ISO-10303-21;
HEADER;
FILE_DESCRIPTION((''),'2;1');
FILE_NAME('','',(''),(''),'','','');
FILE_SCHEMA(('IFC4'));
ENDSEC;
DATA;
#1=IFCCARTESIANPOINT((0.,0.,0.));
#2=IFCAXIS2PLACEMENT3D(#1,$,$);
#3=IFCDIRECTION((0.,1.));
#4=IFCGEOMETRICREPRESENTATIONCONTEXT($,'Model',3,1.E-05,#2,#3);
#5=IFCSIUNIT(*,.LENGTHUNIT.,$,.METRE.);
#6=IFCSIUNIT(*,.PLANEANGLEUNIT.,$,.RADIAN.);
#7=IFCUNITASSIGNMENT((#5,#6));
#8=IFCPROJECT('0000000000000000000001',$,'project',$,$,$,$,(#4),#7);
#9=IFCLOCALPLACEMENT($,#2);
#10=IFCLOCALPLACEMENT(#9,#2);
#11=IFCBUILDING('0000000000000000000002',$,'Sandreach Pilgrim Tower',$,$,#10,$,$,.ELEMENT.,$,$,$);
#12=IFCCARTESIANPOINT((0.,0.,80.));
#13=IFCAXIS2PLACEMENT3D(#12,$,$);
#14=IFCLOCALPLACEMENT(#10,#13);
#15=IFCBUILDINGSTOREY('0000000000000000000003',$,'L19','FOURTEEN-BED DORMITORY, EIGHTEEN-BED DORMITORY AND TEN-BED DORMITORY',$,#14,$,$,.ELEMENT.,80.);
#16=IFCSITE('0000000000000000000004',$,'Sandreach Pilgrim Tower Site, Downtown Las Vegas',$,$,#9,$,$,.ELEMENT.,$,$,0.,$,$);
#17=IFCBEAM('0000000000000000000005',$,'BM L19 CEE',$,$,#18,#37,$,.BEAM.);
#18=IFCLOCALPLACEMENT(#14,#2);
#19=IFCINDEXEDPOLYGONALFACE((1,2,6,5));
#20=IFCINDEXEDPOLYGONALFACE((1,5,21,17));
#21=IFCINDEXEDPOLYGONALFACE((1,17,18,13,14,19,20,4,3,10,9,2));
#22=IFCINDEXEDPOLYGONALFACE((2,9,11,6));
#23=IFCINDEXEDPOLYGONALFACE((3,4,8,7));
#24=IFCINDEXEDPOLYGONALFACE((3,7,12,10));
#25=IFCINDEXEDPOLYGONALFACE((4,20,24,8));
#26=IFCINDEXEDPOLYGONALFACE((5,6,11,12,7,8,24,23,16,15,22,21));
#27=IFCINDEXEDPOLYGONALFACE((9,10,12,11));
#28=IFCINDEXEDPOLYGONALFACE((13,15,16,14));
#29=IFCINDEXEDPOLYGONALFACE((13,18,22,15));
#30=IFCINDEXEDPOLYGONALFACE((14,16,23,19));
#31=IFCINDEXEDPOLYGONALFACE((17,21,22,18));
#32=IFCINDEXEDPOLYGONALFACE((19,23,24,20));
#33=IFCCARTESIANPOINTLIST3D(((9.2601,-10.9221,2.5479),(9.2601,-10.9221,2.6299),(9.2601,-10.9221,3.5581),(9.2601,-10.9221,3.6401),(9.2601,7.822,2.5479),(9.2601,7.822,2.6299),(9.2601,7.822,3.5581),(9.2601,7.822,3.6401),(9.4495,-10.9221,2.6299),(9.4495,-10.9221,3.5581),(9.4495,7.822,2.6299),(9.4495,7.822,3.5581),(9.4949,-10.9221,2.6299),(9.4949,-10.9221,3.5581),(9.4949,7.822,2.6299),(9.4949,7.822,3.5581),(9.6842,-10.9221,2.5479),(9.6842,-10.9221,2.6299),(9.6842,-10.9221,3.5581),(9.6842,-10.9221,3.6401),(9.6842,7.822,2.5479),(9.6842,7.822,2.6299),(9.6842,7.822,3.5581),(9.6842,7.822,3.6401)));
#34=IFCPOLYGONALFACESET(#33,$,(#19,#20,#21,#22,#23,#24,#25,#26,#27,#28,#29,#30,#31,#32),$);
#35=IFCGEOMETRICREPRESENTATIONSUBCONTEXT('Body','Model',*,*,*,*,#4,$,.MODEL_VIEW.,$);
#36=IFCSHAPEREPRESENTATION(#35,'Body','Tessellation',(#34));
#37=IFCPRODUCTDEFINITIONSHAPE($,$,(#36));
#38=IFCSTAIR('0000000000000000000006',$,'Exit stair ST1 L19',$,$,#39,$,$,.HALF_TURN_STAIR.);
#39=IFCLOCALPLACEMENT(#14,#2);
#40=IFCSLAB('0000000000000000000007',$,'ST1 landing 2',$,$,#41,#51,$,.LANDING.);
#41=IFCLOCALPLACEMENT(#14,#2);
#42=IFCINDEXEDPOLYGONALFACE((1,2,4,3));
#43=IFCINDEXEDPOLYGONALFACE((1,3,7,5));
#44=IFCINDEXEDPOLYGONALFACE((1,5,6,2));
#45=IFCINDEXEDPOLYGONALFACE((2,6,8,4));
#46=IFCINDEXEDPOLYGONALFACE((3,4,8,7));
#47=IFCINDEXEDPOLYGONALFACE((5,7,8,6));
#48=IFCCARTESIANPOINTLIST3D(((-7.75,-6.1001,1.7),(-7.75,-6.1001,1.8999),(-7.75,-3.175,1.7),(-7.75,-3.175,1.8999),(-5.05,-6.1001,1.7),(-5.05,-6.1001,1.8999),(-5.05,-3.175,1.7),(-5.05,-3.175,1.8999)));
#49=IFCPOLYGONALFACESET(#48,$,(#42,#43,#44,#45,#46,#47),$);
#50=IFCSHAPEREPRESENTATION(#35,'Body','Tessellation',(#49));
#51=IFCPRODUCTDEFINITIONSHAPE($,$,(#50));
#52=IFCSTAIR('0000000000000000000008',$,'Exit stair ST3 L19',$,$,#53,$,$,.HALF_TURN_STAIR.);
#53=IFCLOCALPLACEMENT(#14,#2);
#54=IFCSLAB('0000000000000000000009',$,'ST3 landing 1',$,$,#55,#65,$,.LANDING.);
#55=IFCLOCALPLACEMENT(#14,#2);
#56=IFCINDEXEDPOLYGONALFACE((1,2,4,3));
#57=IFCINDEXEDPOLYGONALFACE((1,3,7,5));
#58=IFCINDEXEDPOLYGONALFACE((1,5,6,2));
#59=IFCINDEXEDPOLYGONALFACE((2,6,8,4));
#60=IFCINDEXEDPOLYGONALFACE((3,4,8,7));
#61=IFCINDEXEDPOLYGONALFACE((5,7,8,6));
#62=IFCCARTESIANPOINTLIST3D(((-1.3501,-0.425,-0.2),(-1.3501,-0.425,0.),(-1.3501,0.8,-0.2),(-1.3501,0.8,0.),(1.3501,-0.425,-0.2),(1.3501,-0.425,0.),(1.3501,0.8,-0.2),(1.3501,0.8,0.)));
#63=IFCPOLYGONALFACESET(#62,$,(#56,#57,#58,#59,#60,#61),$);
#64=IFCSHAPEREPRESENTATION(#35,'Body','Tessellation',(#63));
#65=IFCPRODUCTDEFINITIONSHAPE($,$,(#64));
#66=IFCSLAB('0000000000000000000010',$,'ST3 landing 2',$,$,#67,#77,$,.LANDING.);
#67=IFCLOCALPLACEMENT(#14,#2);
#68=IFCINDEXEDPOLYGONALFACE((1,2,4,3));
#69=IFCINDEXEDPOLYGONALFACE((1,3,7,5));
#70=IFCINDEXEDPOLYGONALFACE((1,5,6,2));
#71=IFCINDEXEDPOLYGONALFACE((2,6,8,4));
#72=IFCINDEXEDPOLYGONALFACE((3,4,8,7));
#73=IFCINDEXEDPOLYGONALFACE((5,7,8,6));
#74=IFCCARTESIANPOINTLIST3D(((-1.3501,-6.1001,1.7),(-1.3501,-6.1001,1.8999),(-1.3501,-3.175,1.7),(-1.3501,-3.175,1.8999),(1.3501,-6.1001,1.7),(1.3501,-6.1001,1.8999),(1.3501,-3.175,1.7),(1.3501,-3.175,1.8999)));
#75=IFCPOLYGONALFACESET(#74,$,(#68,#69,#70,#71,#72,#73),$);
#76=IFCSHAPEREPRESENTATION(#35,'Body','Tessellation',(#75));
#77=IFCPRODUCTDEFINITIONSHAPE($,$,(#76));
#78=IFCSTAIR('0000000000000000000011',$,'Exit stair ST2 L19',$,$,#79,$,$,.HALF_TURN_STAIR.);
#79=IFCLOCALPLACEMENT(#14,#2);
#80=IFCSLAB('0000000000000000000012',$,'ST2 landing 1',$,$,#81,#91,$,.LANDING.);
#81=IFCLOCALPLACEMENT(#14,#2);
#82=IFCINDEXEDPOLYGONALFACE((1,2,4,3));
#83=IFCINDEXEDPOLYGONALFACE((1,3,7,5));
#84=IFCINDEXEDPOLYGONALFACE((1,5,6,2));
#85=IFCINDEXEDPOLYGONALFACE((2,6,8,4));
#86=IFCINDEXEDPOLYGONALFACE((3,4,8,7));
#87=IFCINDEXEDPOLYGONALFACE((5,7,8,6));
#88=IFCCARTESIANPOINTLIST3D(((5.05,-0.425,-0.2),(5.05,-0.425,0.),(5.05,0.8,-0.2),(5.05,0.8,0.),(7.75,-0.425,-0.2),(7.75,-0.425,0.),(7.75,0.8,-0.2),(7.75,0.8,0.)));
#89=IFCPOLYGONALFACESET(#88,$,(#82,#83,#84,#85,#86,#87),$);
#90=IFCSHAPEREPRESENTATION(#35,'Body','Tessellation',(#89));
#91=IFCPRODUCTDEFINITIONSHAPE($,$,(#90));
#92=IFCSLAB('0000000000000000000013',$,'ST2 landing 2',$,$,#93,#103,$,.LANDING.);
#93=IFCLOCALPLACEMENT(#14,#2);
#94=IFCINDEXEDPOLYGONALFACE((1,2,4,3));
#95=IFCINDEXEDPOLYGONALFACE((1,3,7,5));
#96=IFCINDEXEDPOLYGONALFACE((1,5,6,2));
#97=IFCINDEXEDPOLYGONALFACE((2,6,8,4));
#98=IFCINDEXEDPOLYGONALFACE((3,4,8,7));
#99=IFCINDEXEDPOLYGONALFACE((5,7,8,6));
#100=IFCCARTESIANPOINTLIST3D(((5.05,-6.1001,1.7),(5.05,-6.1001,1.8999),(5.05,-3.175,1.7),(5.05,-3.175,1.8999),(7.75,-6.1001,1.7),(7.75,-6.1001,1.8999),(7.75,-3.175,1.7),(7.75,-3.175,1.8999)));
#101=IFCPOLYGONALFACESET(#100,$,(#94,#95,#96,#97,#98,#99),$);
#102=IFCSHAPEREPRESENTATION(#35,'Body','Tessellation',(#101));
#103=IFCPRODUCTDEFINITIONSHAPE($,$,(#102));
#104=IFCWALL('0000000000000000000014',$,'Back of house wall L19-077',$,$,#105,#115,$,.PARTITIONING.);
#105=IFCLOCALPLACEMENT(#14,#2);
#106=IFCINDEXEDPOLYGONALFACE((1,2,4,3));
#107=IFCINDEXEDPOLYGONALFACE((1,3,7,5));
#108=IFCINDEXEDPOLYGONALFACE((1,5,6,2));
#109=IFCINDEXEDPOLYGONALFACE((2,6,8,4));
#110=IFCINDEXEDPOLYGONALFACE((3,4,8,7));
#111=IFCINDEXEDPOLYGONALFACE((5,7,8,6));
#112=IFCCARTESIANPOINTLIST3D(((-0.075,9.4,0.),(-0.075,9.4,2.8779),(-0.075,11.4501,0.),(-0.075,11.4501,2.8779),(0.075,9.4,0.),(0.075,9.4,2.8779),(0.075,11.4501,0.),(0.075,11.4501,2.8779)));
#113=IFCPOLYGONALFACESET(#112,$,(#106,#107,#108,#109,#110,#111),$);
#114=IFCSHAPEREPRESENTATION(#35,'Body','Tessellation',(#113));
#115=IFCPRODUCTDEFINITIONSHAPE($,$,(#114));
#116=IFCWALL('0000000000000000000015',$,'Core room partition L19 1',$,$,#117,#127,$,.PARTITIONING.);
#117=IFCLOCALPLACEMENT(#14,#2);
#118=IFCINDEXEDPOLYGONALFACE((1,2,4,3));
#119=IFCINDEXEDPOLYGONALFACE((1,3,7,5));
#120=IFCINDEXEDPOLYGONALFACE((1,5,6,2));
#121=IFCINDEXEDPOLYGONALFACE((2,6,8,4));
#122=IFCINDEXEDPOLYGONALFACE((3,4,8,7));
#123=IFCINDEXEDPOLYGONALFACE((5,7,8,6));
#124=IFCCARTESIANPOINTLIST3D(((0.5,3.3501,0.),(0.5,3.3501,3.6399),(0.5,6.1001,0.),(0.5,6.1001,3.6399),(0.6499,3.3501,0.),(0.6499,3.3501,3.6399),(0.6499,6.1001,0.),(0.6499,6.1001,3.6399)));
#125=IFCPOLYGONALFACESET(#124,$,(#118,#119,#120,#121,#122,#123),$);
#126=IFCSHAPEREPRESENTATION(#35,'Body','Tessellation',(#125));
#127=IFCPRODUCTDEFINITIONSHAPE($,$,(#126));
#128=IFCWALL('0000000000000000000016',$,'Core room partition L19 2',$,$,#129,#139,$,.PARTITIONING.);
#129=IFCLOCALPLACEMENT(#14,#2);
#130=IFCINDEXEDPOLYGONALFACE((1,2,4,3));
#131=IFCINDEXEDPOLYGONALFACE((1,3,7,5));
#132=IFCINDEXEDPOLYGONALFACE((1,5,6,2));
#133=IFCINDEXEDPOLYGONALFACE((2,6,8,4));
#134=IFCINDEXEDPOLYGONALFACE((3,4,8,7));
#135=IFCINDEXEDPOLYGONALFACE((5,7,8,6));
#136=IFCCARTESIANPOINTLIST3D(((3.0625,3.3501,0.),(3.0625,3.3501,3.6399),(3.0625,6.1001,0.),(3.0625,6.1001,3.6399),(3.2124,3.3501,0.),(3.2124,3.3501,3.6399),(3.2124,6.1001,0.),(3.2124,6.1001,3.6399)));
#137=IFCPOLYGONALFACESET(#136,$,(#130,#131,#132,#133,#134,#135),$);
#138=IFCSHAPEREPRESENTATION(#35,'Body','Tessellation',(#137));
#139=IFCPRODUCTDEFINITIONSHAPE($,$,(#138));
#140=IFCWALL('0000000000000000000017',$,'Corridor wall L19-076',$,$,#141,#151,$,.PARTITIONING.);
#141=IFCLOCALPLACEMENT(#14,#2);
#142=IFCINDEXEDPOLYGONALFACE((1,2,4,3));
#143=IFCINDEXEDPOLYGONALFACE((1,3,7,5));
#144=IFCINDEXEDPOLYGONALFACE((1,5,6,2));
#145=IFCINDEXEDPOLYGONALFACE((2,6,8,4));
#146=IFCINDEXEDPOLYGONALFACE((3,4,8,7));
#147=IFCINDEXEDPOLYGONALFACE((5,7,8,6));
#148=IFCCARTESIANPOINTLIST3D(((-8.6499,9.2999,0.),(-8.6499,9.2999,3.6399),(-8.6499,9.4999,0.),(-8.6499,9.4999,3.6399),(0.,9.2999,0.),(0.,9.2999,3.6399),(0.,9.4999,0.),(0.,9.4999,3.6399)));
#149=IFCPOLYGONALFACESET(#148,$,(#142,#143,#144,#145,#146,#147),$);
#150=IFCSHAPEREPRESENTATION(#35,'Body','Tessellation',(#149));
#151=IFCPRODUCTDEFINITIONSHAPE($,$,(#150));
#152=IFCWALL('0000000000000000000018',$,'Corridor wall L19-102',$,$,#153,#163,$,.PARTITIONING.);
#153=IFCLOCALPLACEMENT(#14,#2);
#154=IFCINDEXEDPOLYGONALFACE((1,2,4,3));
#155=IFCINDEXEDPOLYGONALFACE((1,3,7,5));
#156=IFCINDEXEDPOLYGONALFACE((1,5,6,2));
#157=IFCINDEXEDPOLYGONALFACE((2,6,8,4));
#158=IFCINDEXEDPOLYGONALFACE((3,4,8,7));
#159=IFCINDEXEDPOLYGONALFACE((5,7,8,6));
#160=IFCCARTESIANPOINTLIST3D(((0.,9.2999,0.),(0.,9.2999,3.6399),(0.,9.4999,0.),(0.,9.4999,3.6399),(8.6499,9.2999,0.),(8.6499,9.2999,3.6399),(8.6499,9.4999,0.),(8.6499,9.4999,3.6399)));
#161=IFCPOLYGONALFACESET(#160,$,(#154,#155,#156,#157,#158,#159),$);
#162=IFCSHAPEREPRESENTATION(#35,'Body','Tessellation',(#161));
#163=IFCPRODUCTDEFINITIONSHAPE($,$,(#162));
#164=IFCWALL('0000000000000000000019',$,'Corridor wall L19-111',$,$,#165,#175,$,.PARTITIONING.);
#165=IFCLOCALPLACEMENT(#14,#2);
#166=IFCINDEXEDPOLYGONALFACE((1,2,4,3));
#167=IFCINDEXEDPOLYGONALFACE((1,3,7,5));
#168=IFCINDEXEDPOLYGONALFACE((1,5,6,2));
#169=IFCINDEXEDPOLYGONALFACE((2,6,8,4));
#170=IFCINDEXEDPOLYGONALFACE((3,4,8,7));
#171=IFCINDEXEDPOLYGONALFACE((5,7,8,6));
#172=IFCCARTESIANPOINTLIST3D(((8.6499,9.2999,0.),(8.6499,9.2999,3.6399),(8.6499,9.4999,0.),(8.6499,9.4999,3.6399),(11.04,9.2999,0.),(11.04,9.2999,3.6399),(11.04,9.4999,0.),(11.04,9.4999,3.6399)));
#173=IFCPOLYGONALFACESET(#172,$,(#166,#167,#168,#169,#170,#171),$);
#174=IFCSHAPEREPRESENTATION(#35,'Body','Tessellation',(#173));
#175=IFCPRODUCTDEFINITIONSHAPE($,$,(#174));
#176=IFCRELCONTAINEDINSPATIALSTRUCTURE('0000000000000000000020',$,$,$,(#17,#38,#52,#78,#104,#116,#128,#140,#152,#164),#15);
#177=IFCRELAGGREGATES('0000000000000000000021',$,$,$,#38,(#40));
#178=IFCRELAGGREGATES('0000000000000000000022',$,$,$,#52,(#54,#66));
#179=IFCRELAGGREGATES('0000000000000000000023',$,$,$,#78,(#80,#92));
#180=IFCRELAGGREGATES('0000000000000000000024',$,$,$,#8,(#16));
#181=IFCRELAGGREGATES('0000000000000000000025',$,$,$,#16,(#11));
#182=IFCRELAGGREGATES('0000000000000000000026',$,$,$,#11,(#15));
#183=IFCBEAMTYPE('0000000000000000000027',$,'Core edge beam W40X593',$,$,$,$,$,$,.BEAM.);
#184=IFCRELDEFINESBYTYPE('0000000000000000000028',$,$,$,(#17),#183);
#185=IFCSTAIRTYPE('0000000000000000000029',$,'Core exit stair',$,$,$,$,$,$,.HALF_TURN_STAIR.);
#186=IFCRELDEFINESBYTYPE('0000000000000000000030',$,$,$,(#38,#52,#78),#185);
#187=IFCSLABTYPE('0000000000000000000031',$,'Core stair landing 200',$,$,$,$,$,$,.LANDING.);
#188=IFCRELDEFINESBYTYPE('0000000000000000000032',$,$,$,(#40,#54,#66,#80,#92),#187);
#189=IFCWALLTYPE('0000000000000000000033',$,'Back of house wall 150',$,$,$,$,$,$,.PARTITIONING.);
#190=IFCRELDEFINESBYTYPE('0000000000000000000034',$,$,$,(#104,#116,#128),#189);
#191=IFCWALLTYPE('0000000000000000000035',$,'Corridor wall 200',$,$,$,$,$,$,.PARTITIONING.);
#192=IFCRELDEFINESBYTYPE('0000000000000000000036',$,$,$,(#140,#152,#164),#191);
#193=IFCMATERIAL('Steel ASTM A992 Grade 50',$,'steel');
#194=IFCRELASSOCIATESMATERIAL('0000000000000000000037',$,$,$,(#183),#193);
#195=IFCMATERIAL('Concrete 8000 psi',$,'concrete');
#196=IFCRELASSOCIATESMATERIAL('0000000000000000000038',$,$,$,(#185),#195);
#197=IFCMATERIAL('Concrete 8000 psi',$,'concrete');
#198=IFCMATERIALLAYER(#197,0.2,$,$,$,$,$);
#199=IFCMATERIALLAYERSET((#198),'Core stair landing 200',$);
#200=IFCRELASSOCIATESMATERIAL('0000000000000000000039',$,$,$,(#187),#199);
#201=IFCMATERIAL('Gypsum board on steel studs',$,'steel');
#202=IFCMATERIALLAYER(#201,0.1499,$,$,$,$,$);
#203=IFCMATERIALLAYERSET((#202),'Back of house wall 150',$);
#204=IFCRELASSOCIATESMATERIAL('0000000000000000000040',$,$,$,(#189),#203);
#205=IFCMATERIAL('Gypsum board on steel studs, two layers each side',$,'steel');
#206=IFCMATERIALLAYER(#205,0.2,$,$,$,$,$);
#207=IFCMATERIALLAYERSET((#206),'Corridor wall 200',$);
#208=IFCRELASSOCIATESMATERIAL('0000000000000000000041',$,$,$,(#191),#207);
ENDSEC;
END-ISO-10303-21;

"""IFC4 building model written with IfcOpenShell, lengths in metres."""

from ifc_helpers import new_model, si_unit, direction, frame, frame_2d, origin, origin_2d, place, context, subcontext, project, spatial, polyline, rectangle, i_section, outline, extrude, material, layer, layer_set, material_profile, profile_set, type_object, element, aggregate, save


model = new_model("IFC4")

# Units and contexts
model_context = context("Model", 3, precision=1e-05, world=origin(), true_north=direction((0.0, 1.0)))
body_context = subcontext(model_context, "Body", "Model", "MODEL_VIEW")
ifc_project = project(units=[si_unit("LENGTHUNIT", "METRE"), si_unit("PLANEANGLEUNIT", "RADIAN")], contexts=[model_context])

# Site, building, storey
site_placement = place(None, origin())
site = spatial("IfcSite", under=ifc_project, at=site_placement, Name="Sandreach Pilgrim Tower Site, Downtown Las Vegas", CompositionType="ELEMENT", RefElevation=0.0)
building_placement = place(site_placement, origin())
building = spatial("IfcBuilding", under=site, at=building_placement, Name="Sandreach Pilgrim Tower", CompositionType="ELEMENT")
storey_placement = place(building_placement, frame((0.0, 0.0, 80.0)))
storey = spatial("IfcBuildingStorey", under=building, at=storey_placement, Name="L19", Description="FOURTEEN-BED DORMITORY, EIGHTEEN-BED DORMITORY AND TEN-BED DORMITORY", CompositionType="ELEMENT", Elevation=80.0)

# Beam
ifc_material_1 = material(Name="Steel ASTM A992 Grade 50", Category="steel")
ifc_material_profile = material_profile(ifc_material_1, i_section(OverallWidth=0.4241, OverallDepth=1.0923, WebThickness=0.0454, FlangeThickness=0.082, at=origin_2d()), Name="W40X593")
ifc_profile_set = profile_set([ifc_material_profile], Name="Steel ASTM A992 Grade 50")
beam_type = type_object("IfcBeamType", Name="Core edge beam W40X593", PredefinedType="BEAM", material=ifc_profile_set)
beam_placement = place(storey_placement, frame((9.4722, 7.822, 3.094), z_axis=(0.0, -1.0, 0.0), x_axis=(1.0, 0.0, 0.0)))
element("IfcBeam", 1, at=beam_placement, inside=storey, type_object=beam_type, Name="BM L19 CEE", PredefinedType="BEAM", context=body_context, shape_type="SweptSolid", body=[
    extrude(i_section(OverallWidth=0.4241, OverallDepth=1.0923, WebThickness=0.0454, FlangeThickness=0.082, at=origin_2d()), origin(), (0.0, 0.0, 1.0), 18.7441),
])

# Stair, slab
ifc_material_2 = material(Name="Concrete 8000 psi", Category="concrete")
stair_type = type_object("IfcStairType", Name="Core exit stair", PredefinedType="HALF_TURN_STAIR", material=ifc_material_2)
stair_1_placement = place(storey_placement, origin())
stair_1 = element("IfcStair", 2, at=stair_1_placement, inside=storey, type_object=stair_type, Name="Exit stair ST1 L19", PredefinedType="HALF_TURN_STAIR")
ifc_material_3 = material(Name="Concrete 8000 psi", Category="concrete")
ifc_layer_1 = layer(ifc_material_3, 0.2)
ifc_layer_set_1 = layer_set([ifc_layer_1], Name="Core stair landing 200")
slab_type = type_object("IfcSlabType", Name="Core stair landing 200", PredefinedType="LANDING", material=ifc_layer_set_1)
slab_1_placement = place(storey_placement, frame((0.0, 0.0, 1.7)))
slab_1 = element("IfcSlab", 3, at=slab_1_placement, type_object=slab_type, Name="ST1 landing 2", PredefinedType="LANDING", context=body_context, shape_type="SweptSolid", body=[
    extrude(outline(polyline([(-7.75, -6.1001), (-5.05, -6.1001), (-5.05, -3.175), (-7.75, -3.175), (-7.75, -6.1001)])), origin(), (0.0, 0.0, 1.0), 0.2),
])
aggregate(stair_1, [slab_1])

# Stairs, slabs
stair_2_placement = place(storey_placement, origin())
stair_2 = element("IfcStair", 4, at=stair_2_placement, inside=storey, type_object=stair_type, Name="Exit stair ST3 L19", PredefinedType="HALF_TURN_STAIR")
slab_2_placement = place(storey_placement, frame((0.0, 0.0, -0.2)))
slab_2 = element("IfcSlab", 5, at=slab_2_placement, type_object=slab_type, Name="ST3 landing 1", PredefinedType="LANDING", context=body_context, shape_type="SweptSolid", body=[
    extrude(outline(polyline([(-1.3501, -0.425), (1.3501, -0.425), (1.3501, 0.8), (-1.3501, 0.8), (-1.3501, -0.425)])), origin(), (0.0, 0.0, 1.0), 0.2),
])
slab_3_placement = place(storey_placement, frame((0.0, 0.0, 1.7)))
slab_3 = element("IfcSlab", 6, at=slab_3_placement, type_object=slab_type, Name="ST3 landing 2", PredefinedType="LANDING", context=body_context, shape_type="SweptSolid", body=[
    extrude(outline(polyline([(-1.3501, -6.1001), (1.3501, -6.1001), (1.3501, -3.175), (-1.3501, -3.175), (-1.3501, -6.1001)])), origin(), (0.0, 0.0, 1.0), 0.2),
])
aggregate(stair_2, [slab_2, slab_3])
stair_3_placement = place(storey_placement, origin())
stair_3 = element("IfcStair", 7, at=stair_3_placement, inside=storey, type_object=stair_type, Name="Exit stair ST2 L19", PredefinedType="HALF_TURN_STAIR")
slab_4_placement = place(storey_placement, frame((0.0, 0.0, -0.2)))
slab_4 = element("IfcSlab", 8, at=slab_4_placement, type_object=slab_type, Name="ST2 landing 1", PredefinedType="LANDING", context=body_context, shape_type="SweptSolid", body=[
    extrude(outline(polyline([(5.05, -0.425), (7.75, -0.425), (7.75, 0.8), (5.05, 0.8), (5.05, -0.425)])), origin(), (0.0, 0.0, 1.0), 0.2),
])
slab_5_placement = place(storey_placement, frame((0.0, 0.0, 1.7)))
slab_5 = element("IfcSlab", 9, at=slab_5_placement, type_object=slab_type, Name="ST2 landing 2", PredefinedType="LANDING", context=body_context, shape_type="SweptSolid", body=[
    extrude(outline(polyline([(5.05, -6.1001), (7.75, -6.1001), (7.75, -3.175), (5.05, -3.175), (5.05, -6.1001)])), origin(), (0.0, 0.0, 1.0), 0.2),
])
aggregate(stair_3, [slab_4, slab_5])

# Walls
ifc_material_4 = material(Name="Gypsum board on steel studs", Category="steel")
ifc_layer_2 = layer(ifc_material_4, 0.1499)
ifc_layer_set_2 = layer_set([ifc_layer_2], Name="Back of house wall 150")
wall_type_1 = type_object("IfcWallType", Name="Back of house wall 150", PredefinedType="PARTITIONING", material=ifc_layer_set_2)
wall_1_placement = place(storey_placement, frame((0.0, 11.45, 0.0), z_axis=(0.0, 0.0, 1.0), x_axis=(0.0, -1.0, 0.0)))
element("IfcWall", 10, at=wall_1_placement, inside=storey, type_object=wall_type_1, Name="Back of house wall L19-077", PredefinedType="PARTITIONING", context=body_context, shape_type="SweptSolid", body=[
    extrude(rectangle(XDim=2.05, YDim=0.1499, at=frame_2d((1.0249, 0.0))), origin(), (0.0, 0.0, 1.0), 2.8779),
])
for number, where, z_axis, x_axis, name in (
    (11, (0.575, 3.3501, 0.0), (0.0, 0.0, 1.0), (0.0, 1.0, 0.0), "Core room partition L19 1"),
    (12, (3.1375, 3.3501, 0.0), (0.0, 0.0, 1.0), (0.0, 1.0, 0.0), "Core room partition L19 2"),
):
    element("IfcWall", number, at=place(storey_placement, frame(where, z_axis=z_axis, x_axis=x_axis)), inside=storey, type_object=wall_type_1, Name=name, PredefinedType="PARTITIONING", context=body_context, shape_type="SweptSolid", body=[
        extrude(rectangle(XDim=2.75, YDim=0.1499, at=frame_2d((1.375, 0.0))), origin(), (0.0, 0.0, 1.0), 3.6399),
    ])

# Walls
ifc_material_5 = material(Name="Gypsum board on steel studs, two layers each side", Category="steel")
ifc_layer_3 = layer(ifc_material_5, 0.2)
ifc_layer_set_3 = layer_set([ifc_layer_3], Name="Corridor wall 200")
wall_type_2 = type_object("IfcWallType", Name="Corridor wall 200", PredefinedType="PARTITIONING", material=ifc_layer_set_3)
for number, where, z_axis, x_axis, name in (
    (13, (0.0, 9.3999, 0.0), (0.0, 0.0, 1.0), (-1.0, 0.0, 0.0), "Corridor wall L19-076"),
    (14, (8.6499, 9.3999, 0.0), (0.0, 0.0, 1.0), (-1.0, 0.0, 0.0), "Corridor wall L19-102"),
):
    element("IfcWall", number, at=place(storey_placement, frame(where, z_axis=z_axis, x_axis=x_axis)), inside=storey, type_object=wall_type_2, Name=name, PredefinedType="PARTITIONING", context=body_context, shape_type="SweptSolid", body=[
        extrude(rectangle(XDim=8.6499, YDim=0.2, at=frame_2d((4.325, 0.0))), origin(), (0.0, 0.0, 1.0), 3.6399),
    ])
wall_2_placement = place(storey_placement, frame((11.04, 9.3999, 0.0), z_axis=(0.0, 0.0, 1.0), x_axis=(-1.0, 0.0, 0.0)))
element("IfcWall", 15, at=wall_2_placement, inside=storey, type_object=wall_type_2, Name="Corridor wall L19-111", PredefinedType="PARTITIONING", context=body_context, shape_type="SweptSolid", body=[
    extrude(rectangle(XDim=2.3901, YDim=0.2, at=frame_2d((1.1951, 0.0))), origin(), (0.0, 0.0, 1.0), 3.6399),
])

save(model, "model.ifc")
